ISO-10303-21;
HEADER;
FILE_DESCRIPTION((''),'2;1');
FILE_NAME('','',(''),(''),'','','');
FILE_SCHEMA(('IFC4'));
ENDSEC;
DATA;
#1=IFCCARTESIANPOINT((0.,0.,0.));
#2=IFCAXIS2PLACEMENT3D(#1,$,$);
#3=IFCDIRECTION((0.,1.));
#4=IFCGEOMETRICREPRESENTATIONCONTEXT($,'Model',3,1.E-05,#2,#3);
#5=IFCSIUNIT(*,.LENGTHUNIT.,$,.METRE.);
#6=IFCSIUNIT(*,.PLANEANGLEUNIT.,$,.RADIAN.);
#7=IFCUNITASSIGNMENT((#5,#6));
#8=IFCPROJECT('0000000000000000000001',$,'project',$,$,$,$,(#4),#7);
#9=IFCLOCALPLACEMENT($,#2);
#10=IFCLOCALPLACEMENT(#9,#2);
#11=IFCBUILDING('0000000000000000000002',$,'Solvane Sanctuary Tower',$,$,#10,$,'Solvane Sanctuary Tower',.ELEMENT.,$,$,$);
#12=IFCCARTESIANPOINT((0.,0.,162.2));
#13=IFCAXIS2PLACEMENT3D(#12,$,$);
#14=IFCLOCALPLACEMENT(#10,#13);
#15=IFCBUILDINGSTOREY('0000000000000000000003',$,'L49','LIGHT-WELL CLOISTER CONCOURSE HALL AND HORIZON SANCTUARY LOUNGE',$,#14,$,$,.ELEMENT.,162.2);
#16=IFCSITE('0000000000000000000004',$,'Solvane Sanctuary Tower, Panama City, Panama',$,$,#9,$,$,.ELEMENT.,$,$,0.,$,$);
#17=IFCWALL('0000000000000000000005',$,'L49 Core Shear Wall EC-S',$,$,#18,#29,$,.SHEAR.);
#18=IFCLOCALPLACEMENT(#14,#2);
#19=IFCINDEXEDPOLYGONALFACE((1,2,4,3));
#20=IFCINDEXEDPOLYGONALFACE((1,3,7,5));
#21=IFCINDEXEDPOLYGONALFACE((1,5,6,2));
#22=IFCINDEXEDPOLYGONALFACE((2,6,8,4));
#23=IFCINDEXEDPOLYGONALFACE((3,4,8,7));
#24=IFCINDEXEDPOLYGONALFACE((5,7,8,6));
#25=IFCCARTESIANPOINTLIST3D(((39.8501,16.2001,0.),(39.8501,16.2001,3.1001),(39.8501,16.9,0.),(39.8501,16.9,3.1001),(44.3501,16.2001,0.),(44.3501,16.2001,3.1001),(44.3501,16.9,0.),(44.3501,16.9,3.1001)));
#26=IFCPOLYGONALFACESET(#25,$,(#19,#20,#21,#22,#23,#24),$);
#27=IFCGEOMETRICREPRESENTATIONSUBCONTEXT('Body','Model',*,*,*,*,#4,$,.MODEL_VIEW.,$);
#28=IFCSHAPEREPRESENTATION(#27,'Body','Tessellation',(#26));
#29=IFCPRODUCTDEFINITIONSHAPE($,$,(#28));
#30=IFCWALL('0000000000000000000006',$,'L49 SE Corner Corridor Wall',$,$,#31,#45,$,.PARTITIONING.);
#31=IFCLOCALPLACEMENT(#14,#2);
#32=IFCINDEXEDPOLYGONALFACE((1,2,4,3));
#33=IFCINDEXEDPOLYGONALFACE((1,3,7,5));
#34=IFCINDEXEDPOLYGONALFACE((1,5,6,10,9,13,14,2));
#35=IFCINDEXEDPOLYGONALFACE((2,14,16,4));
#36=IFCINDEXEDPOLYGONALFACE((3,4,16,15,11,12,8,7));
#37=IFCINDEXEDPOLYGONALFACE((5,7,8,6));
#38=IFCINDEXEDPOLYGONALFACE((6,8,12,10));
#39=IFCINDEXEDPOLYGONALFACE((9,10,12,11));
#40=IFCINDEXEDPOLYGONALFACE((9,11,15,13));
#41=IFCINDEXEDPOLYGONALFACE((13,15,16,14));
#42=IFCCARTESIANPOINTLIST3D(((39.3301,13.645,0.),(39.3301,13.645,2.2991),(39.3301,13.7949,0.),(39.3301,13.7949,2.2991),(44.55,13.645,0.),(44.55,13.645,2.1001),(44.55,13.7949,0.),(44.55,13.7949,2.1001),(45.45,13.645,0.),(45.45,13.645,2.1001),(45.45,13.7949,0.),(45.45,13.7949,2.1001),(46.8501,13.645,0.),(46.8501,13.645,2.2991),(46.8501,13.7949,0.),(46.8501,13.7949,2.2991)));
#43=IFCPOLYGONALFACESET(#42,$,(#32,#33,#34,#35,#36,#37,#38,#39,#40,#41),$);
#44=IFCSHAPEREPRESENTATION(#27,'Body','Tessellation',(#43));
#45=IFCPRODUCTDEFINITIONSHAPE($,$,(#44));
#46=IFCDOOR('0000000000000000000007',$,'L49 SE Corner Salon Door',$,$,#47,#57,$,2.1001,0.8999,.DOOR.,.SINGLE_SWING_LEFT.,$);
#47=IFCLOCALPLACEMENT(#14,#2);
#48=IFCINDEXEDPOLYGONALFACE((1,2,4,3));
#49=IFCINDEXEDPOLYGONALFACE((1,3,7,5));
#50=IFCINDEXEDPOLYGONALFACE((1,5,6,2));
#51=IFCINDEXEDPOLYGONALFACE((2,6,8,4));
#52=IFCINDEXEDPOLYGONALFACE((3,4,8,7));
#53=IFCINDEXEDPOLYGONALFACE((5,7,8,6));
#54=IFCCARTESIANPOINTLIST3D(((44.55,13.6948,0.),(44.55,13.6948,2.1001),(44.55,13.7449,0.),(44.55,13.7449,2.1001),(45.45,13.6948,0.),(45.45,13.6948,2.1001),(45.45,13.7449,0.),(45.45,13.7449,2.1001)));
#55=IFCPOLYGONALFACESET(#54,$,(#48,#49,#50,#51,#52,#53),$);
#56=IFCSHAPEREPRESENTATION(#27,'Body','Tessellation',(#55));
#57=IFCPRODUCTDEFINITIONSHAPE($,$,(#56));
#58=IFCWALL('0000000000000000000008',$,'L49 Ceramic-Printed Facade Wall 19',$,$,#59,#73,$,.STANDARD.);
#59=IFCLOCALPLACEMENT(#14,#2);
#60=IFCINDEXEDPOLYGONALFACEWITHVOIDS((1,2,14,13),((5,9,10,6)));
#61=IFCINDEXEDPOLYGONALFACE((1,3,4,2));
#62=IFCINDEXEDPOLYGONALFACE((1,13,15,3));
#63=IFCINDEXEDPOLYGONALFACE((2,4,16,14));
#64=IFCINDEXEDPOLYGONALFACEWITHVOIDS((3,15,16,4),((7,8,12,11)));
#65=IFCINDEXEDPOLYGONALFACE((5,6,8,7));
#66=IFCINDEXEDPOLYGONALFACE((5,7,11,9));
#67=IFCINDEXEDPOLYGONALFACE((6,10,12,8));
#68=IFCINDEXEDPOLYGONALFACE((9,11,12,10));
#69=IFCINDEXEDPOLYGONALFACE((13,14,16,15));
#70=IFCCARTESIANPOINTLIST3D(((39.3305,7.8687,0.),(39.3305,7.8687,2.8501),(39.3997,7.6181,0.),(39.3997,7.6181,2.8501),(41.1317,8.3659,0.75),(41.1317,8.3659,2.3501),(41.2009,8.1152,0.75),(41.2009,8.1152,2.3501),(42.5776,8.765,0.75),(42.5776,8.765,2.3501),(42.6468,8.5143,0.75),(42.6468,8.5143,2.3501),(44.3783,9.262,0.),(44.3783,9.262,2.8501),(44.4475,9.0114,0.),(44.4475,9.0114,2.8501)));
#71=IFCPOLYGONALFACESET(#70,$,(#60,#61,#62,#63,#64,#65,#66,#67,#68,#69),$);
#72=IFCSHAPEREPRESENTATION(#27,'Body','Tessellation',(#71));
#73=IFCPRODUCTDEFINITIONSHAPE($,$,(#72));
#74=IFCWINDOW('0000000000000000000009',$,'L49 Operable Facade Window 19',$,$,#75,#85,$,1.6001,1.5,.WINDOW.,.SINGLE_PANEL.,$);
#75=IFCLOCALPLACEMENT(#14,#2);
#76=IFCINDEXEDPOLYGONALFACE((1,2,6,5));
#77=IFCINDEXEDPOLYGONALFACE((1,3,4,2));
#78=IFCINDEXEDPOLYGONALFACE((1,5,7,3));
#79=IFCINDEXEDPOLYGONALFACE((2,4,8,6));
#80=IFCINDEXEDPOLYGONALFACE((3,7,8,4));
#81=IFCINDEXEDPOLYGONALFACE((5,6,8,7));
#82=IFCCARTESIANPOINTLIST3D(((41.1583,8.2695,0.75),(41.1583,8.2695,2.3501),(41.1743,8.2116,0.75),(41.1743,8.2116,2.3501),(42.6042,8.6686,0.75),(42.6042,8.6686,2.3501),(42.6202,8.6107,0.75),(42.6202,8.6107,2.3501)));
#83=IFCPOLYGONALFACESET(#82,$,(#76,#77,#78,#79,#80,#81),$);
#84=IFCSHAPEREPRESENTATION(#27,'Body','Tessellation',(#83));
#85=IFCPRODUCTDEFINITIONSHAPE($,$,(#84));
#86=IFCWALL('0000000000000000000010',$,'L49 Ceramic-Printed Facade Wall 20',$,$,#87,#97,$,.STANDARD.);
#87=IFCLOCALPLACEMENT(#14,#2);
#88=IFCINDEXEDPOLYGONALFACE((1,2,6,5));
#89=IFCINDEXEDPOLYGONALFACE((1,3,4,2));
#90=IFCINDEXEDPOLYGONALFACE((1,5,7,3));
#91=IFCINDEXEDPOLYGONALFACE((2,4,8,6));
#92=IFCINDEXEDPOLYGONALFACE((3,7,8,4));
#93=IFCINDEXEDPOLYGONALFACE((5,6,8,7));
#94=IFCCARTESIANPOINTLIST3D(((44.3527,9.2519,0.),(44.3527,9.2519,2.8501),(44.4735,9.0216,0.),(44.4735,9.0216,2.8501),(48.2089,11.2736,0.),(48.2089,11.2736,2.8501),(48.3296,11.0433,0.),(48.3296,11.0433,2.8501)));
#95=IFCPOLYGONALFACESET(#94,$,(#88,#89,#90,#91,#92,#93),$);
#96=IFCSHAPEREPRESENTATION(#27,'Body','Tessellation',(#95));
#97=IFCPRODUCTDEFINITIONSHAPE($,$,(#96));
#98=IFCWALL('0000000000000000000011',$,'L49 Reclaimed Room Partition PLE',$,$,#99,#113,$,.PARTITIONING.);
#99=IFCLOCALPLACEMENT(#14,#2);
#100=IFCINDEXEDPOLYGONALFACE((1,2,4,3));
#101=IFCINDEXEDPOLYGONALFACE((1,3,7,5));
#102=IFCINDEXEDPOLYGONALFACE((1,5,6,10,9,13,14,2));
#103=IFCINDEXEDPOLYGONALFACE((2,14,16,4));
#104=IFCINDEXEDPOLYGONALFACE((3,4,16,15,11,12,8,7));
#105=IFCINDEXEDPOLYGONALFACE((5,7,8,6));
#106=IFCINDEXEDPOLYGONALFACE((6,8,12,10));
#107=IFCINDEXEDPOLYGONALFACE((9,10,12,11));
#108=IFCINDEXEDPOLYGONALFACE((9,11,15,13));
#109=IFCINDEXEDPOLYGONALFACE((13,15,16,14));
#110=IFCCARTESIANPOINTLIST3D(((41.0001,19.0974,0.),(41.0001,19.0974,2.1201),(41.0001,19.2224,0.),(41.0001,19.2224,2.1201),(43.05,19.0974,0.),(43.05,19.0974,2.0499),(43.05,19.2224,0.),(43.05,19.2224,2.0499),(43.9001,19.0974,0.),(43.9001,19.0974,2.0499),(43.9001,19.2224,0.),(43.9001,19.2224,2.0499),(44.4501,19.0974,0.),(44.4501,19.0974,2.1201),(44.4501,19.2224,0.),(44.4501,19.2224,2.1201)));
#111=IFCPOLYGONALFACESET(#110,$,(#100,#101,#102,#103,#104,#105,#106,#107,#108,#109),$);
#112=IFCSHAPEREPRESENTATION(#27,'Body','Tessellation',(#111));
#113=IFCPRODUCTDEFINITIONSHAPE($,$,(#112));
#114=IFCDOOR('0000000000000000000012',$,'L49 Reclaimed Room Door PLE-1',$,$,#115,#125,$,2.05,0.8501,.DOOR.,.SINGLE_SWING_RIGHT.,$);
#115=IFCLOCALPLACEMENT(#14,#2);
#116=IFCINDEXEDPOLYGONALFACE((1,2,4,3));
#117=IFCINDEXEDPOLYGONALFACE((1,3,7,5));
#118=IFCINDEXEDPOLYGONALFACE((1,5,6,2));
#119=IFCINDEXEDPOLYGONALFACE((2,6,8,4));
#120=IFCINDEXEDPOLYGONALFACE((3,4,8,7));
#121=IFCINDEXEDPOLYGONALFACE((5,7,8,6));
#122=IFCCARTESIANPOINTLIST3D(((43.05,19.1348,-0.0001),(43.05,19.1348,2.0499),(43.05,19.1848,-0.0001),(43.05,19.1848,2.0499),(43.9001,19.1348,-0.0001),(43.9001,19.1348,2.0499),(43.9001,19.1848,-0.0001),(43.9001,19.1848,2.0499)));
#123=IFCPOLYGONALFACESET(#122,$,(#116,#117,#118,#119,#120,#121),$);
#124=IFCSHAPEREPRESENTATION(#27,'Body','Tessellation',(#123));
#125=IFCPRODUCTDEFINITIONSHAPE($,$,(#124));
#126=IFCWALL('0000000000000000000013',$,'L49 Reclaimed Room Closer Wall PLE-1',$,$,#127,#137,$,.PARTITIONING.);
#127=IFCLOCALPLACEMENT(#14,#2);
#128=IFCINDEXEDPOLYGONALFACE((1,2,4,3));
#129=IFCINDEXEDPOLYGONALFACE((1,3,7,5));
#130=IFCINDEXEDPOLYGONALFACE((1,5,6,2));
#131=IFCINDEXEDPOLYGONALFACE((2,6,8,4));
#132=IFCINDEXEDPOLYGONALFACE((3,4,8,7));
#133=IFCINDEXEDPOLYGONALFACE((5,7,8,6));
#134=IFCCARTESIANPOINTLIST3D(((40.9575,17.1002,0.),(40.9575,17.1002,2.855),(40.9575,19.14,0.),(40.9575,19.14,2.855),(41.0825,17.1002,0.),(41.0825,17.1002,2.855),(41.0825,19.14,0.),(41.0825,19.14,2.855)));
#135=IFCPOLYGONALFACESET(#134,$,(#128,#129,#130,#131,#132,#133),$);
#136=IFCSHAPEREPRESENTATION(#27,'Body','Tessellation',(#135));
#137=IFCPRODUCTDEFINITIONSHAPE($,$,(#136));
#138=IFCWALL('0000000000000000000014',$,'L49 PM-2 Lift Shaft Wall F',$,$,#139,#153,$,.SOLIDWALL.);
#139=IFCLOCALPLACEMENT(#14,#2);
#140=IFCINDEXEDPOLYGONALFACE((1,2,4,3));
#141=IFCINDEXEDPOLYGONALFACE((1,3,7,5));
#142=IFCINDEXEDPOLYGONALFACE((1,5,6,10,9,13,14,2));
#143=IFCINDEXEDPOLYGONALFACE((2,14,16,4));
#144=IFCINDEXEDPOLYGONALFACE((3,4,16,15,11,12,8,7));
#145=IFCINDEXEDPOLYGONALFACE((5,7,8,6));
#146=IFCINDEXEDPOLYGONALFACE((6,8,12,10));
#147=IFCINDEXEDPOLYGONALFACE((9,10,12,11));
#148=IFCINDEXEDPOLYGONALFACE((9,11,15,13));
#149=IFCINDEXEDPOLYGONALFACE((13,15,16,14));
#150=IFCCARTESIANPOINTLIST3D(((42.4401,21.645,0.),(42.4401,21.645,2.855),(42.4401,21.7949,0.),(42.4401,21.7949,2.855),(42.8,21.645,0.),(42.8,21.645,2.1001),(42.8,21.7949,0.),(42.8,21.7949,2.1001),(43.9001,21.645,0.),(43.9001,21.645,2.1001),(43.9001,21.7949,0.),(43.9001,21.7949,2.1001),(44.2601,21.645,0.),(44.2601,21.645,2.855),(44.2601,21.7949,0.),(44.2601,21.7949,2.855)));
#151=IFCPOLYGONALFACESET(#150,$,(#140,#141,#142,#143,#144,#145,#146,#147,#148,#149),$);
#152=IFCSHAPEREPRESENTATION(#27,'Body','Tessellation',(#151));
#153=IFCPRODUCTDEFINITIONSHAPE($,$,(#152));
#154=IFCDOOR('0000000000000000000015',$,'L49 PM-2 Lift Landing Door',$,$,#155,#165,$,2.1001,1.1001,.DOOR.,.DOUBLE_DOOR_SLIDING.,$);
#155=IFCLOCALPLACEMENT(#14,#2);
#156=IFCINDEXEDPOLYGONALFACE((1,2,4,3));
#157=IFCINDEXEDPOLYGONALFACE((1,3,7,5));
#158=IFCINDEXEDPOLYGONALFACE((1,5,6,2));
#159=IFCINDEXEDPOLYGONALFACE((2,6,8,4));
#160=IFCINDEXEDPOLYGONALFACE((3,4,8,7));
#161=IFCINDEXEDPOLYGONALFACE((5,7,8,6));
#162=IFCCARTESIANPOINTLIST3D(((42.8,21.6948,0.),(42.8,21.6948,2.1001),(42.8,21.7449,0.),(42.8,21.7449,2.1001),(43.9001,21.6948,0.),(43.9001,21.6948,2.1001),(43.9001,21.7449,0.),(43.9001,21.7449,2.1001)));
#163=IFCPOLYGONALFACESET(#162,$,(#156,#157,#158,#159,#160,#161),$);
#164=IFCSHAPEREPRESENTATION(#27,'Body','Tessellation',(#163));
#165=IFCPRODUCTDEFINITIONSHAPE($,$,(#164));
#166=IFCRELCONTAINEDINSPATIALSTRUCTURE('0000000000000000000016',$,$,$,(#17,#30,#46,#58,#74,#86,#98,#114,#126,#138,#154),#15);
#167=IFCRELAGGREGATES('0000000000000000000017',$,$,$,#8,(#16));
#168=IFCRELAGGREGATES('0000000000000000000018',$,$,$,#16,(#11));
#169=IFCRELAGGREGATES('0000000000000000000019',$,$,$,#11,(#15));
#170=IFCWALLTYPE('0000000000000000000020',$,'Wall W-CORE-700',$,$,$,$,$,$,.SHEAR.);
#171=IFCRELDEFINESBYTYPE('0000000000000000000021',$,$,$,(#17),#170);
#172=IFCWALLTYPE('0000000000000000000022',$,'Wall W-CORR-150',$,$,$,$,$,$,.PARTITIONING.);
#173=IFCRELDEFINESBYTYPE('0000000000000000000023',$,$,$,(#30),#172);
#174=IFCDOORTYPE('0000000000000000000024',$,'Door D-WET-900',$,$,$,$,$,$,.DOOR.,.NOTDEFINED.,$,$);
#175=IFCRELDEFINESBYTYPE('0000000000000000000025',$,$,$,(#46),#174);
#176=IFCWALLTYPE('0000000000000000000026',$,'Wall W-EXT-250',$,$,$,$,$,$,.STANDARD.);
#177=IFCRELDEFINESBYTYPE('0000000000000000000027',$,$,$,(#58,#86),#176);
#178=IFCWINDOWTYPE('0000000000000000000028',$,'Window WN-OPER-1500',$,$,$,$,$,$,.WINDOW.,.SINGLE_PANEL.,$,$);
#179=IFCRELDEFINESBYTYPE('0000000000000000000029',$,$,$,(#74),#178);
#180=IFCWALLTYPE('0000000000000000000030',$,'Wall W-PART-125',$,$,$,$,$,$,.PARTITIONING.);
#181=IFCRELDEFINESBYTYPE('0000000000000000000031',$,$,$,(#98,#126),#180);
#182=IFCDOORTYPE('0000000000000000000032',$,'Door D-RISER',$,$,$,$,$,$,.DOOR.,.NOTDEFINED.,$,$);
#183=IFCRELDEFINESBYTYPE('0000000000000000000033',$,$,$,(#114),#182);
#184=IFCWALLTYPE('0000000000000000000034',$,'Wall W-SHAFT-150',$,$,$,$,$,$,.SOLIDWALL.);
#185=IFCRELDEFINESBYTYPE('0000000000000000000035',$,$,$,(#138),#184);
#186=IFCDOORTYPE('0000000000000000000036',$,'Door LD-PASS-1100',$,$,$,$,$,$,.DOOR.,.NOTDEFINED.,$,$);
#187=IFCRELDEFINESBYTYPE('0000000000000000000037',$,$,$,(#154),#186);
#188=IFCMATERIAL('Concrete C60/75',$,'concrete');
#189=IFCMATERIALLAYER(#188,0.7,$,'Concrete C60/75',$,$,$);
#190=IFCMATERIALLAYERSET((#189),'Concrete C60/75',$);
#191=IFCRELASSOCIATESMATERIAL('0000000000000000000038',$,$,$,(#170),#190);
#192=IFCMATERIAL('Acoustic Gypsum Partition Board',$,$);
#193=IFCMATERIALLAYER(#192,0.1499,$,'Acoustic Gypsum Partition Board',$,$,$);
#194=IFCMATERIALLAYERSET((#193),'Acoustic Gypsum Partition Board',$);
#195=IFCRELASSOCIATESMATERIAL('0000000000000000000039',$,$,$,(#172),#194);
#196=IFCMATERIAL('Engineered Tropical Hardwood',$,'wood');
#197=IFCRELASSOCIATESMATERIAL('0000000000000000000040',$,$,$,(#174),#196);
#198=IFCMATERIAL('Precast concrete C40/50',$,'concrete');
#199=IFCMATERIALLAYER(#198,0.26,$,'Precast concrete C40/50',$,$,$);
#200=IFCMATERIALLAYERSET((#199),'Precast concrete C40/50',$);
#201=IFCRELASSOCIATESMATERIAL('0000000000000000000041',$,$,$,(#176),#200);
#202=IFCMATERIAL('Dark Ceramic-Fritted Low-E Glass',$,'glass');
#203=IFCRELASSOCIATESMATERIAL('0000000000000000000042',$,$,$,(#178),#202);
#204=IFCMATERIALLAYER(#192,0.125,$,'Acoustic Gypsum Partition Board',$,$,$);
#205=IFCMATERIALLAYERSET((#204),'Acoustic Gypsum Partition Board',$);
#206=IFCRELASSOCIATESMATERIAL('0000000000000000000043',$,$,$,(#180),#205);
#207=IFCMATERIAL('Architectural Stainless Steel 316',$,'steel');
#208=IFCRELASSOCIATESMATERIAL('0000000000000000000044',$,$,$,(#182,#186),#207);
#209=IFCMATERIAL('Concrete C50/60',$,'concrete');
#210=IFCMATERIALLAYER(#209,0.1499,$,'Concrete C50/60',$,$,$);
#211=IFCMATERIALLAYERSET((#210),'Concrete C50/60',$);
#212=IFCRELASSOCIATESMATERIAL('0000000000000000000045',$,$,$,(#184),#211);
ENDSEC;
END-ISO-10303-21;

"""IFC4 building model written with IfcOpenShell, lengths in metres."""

from ifc_helpers import new_model, si_unit, direction, frame, frame_2d, origin, place, context, subcontext, project, spatial, rectangle, extrude, material, layer, layer_set, type_object, element, fill, save


model = new_model("IFC4")

# Units and contexts
model_context = context("Model", 3, precision=1e-05, world=origin(), true_north=direction((0.0, 1.0)))
body_context = subcontext(model_context, "Body", "Model", "MODEL_VIEW")
ifc_project = project(units=[si_unit("LENGTHUNIT", "METRE"), si_unit("PLANEANGLEUNIT", "RADIAN")], contexts=[model_context])

# Site, building, storey
site_placement = place(None, origin())
site = spatial("IfcSite", under=ifc_project, at=site_placement, Name="Solvane Sanctuary Tower, Panama City, Panama", CompositionType="ELEMENT", RefElevation=0.0)
building_placement = place(site_placement, origin())
building = spatial("IfcBuilding", under=site, at=building_placement, Name="Solvane Sanctuary Tower", LongName="Solvane Sanctuary Tower", CompositionType="ELEMENT")
storey_placement = place(building_placement, frame((0.0, 0.0, 162.2)))
storey = spatial("IfcBuildingStorey", under=building, at=storey_placement, Name="L49", Description="LIGHT-WELL CLOISTER CONCOURSE HALL AND HORIZON SANCTUARY LOUNGE", CompositionType="ELEMENT", Elevation=162.2)

# Shared definitions
ifc_material_1 = material(Name="Concrete C60/75", Category="concrete")

# Wall
ifc_layer_1 = layer(ifc_material_1, 0.7, Name="Concrete C60/75")
ifc_layer_set_1 = layer_set([ifc_layer_1], Name="Concrete C60/75")
wall_type_1 = type_object("IfcWallType", Name="Wall W-CORE-700", PredefinedType="SHEAR", material=ifc_layer_set_1)
wall_1_placement = place(storey_placement, frame((39.8501, 16.55, 0.0), z_axis=(0.0, 0.0, 1.0), x_axis=(1.0, 0.0, 0.0)))
element("IfcWall", 1, at=wall_1_placement, inside=storey, type_object=wall_type_1, Name="L49 Core Shear Wall EC-S", PredefinedType="SHEAR", context=body_context, shape_type="SweptSolid", body=[
    extrude(rectangle(XDim=4.5, YDim=0.7, at=frame_2d((2.25, 0.0))), origin(), (0.0, 0.0, 1.0), 3.1001),
])

# Wall, opening, door
ifc_material_2 = material(Name="Acoustic Gypsum Partition Board")
ifc_layer_2 = layer(ifc_material_2, 0.1499, Name="Acoustic Gypsum Partition Board")
ifc_layer_set_2 = layer_set([ifc_layer_2], Name="Acoustic Gypsum Partition Board")
wall_type_2 = type_object("IfcWallType", Name="Wall W-CORR-150", PredefinedType="PARTITIONING", material=ifc_layer_set_2)
wall_2_placement = place(storey_placement, frame((39.3301, 13.72, 0.0), z_axis=(0.0, 0.0, 1.0), x_axis=(1.0, 0.0, 0.0)))
wall_2 = element("IfcWall", 2, at=wall_2_placement, inside=storey, type_object=wall_type_2, Name="L49 SE Corner Corridor Wall", PredefinedType="PARTITIONING", context=body_context, shape_type="SweptSolid", body=[
    extrude(rectangle(XDim=7.52, YDim=0.1499, at=frame_2d((3.76, 0.0))), origin(), (0.0, 0.0, 1.0), 2.2991),
])
opening_1_placement = place(wall_2_placement, frame((5.22, 0.0, 0.0)))
opening_1 = element("IfcOpeningElement", 3, at=opening_1_placement, cuts=wall_2, PredefinedType="OPENING", context=body_context, shape_type="SweptSolid", body=[
    extrude(rectangle(XDim=0.8999, YDim=2.1001, at=frame_2d((0.45, 1.05))), frame((0.0, 0.085, 0.0), z_axis=(0.0, -1.0, 0.0), x_axis=(1.0, 0.0, 0.0)), (0.0, 0.0, 1.0), 0.1699),
])
ifc_material_3 = material(Name="Engineered Tropical Hardwood", Category="wood")
door_type_1 = type_object("IfcDoorType", Name="Door D-WET-900", OperationType="NOTDEFINED", PredefinedType="DOOR", material=ifc_material_3)
door_1_placement = place(opening_1_placement, origin())
door_1 = element("IfcDoor", 4, at=door_1_placement, inside=storey, type_object=door_type_1, Name="L49 SE Corner Salon Door", OperationType="SINGLE_SWING_LEFT", OverallHeight=2.1001, OverallWidth=0.8999, PredefinedType="DOOR", context=body_context, shape_type="SweptSolid", body=[
    extrude(rectangle(XDim=0.8999, YDim=2.1001, at=frame_2d((0.45, 1.05))), frame((0.0, 0.0249, 0.0), z_axis=(0.0, -1.0, 0.0), x_axis=(1.0, 0.0, 0.0)), (0.0, 0.0, 1.0), 0.05),
])
fill(opening_1, door_1)

# Wall, opening, window
ifc_material_4 = material(Name="Precast concrete C40/50", Category="concrete")
ifc_layer_3 = layer(ifc_material_4, 0.26, Name="Precast concrete C40/50")
ifc_layer_set_3 = layer_set([ifc_layer_3], Name="Precast concrete C40/50")
wall_type_3 = type_object("IfcWallType", Name="Wall W-EXT-250", PredefinedType="STANDARD", material=ifc_layer_set_3)
wall_3_placement = place(storey_placement, frame((39.3652, 7.7434, 0.0), z_axis=(0.0, 0.0, 1.0), x_axis=(0.963953, 0.266071, 0.0)))
wall_3 = element("IfcWall", 5, at=wall_3_placement, inside=storey, type_object=wall_type_3, Name="L49 Ceramic-Printed Facade Wall 19", PredefinedType="STANDARD", context=body_context, shape_type="SweptSolid", body=[
    extrude(rectangle(XDim=5.2366, YDim=0.26, at=frame_2d((2.6182, 0.0))), origin(), (0.0, 0.0, 1.0), 2.8501),
])
opening_2_placement = place(wall_3_placement, frame((1.8684, 0.0, 0.75)))
opening_2 = element("IfcOpeningElement", 6, at=opening_2_placement, cuts=wall_3, PredefinedType="OPENING", context=body_context, shape_type="SweptSolid", body=[
    extrude(rectangle(XDim=1.5, YDim=1.6001, at=frame_2d((0.75, 0.8))), frame((0.0, 0.1399, 0.0), z_axis=(0.0, -1.0, 0.0), x_axis=(1.0, 0.0, 0.0)), (0.0, 0.0, 1.0), 0.28),
])
ifc_material_5 = material(Name="Dark Ceramic-Fritted Low-E Glass", Category="glass")
window_type = type_object("IfcWindowType", Name="Window WN-OPER-1500", PartitioningType="SINGLE_PANEL", PredefinedType="WINDOW", material=ifc_material_5)
window_placement = place(opening_2_placement, origin())
window = element("IfcWindow", 7, at=window_placement, inside=storey, type_object=window_type, Name="L49 Operable Facade Window 19", OverallHeight=1.6001, OverallWidth=1.5, PartitioningType="SINGLE_PANEL", PredefinedType="WINDOW", context=body_context, shape_type="SweptSolid", body=[
    extrude(rectangle(XDim=1.5, YDim=1.6001, at=frame_2d((0.75, 0.8))), frame((0.0, 0.03, 0.0), z_axis=(0.0, -1.0, 0.0), x_axis=(1.0, 0.0, 0.0)), (0.0, 0.0, 1.0), 0.0601),
])
fill(opening_2, window)

# Wall
wall_4_placement = place(storey_placement, frame((44.4131, 9.1367, 0.0), z_axis=(0.0, 0.0, 1.0), x_axis=(0.88566, 0.464334, 0.0)))
element("IfcWall", 8, at=wall_4_placement, inside=storey, type_object=wall_type_3, Name="L49 Ceramic-Printed Facade Wall 20", PredefinedType="STANDARD", context=body_context, shape_type="SweptSolid", body=[
    extrude(rectangle(XDim=4.354, YDim=0.26, at=frame_2d((2.177, 0.0))), origin(), (0.0, 0.0, 1.0), 2.8501),
])

# Wall, opening, door
ifc_layer_4 = layer(ifc_material_2, 0.125, Name="Acoustic Gypsum Partition Board")
ifc_layer_set_4 = layer_set([ifc_layer_4], Name="Acoustic Gypsum Partition Board")
wall_type_4 = type_object("IfcWallType", Name="Wall W-PART-125", PredefinedType="PARTITIONING", material=ifc_layer_set_4)
wall_5_placement = place(storey_placement, frame((41.0, 19.1599, 0.0), z_axis=(0.0, 0.0, 1.0), x_axis=(1.0, 0.0, 0.0)))
wall_5 = element("IfcWall", 9, at=wall_5_placement, inside=storey, type_object=wall_type_4, Name="L49 Reclaimed Room Partition PLE", PredefinedType="PARTITIONING", context=body_context, shape_type="SweptSolid", body=[
    extrude(rectangle(XDim=3.45, YDim=0.125, at=frame_2d((1.7251, 0.0))), origin(), (0.0, 0.0, 1.0), 2.1201),
])
opening_3_placement = place(wall_5_placement, frame((2.05, 0.0, 0.0)))
opening_3 = element("IfcOpeningElement", 10, at=opening_3_placement, cuts=wall_5, PredefinedType="OPENING", context=body_context, shape_type="SweptSolid", body=[
    extrude(rectangle(XDim=0.8501, YDim=2.05, at=frame_2d((0.425, 1.0249))), frame((0.0, 0.0725, 0.0), z_axis=(0.0, -1.0, 0.0), x_axis=(1.0, 0.0, 0.0)), (0.0, 0.0, 1.0), 0.145),
])
ifc_material_6 = material(Name="Architectural Stainless Steel 316", Category="steel")
door_type_2 = type_object("IfcDoorType", Name="Door D-RISER", OperationType="NOTDEFINED", PredefinedType="DOOR", material=ifc_material_6)
door_2_placement = place(opening_3_placement, origin())
door_2 = element("IfcDoor", 11, at=door_2_placement, inside=storey, type_object=door_type_2, Name="L49 Reclaimed Room Door PLE-1", OperationType="SINGLE_SWING_RIGHT", OverallHeight=2.05, OverallWidth=0.8501, PredefinedType="DOOR", context=body_context, shape_type="SweptSolid", body=[
    extrude(rectangle(XDim=0.8501, YDim=2.05, at=frame_2d((0.425, 1.0249))), frame((0.0, 0.0249, 0.0), z_axis=(0.0, -1.0, 0.0), x_axis=(1.0, 0.0, 0.0)), (0.0, 0.0, 1.0), 0.05),
])
fill(opening_3, door_2)

# Wall
wall_6_placement = place(storey_placement, frame((41.02, 17.1001, 0.0), z_axis=(0.0, 0.0, 1.0), x_axis=(0.0, 1.0, 0.0)))
element("IfcWall", 12, at=wall_6_placement, inside=storey, type_object=wall_type_4, Name="L49 Reclaimed Room Closer Wall PLE-1", PredefinedType="PARTITIONING", context=body_context, shape_type="SweptSolid", body=[
    extrude(rectangle(XDim=2.0398, YDim=0.125, at=frame_2d((1.02, 0.0))), origin(), (0.0, 0.0, 1.0), 2.855),
])

# Wall, opening, door
ifc_material_7 = material(Name="Concrete C50/60", Category="concrete")
ifc_layer_5 = layer(ifc_material_7, 0.1499, Name="Concrete C50/60")
ifc_layer_set_5 = layer_set([ifc_layer_5], Name="Concrete C50/60")
wall_type_5 = type_object("IfcWallType", Name="Wall W-SHAFT-150", PredefinedType="SOLIDWALL", material=ifc_layer_set_5)
wall_7_placement = place(storey_placement, frame((42.4399, 21.72, 0.0), z_axis=(0.0, 0.0, 1.0), x_axis=(1.0, 0.0, 0.0)))
wall_7 = element("IfcWall", 13, at=wall_7_placement, inside=storey, type_object=wall_type_5, Name="L49 PM-2 Lift Shaft Wall F", PredefinedType="SOLIDWALL", context=body_context, shape_type="SweptSolid", body=[
    extrude(rectangle(XDim=1.8201, YDim=0.1499, at=frame_2d((0.9102, 0.0))), origin(), (0.0, 0.0, 1.0), 2.855),
])
opening_4_placement = place(wall_7_placement, frame((0.3601, 0.0, 0.0)))
opening_4 = element("IfcOpeningElement", 14, at=opening_4_placement, cuts=wall_7, PredefinedType="OPENING", context=body_context, shape_type="SweptSolid", body=[
    extrude(rectangle(XDim=1.1001, YDim=2.1001, at=frame_2d((0.55, 1.05))), frame((0.0, 0.085, 0.0), z_axis=(0.0, -1.0, 0.0), x_axis=(1.0, 0.0, 0.0)), (0.0, 0.0, 1.0), 0.1699),
])
door_type_3 = type_object("IfcDoorType", Name="Door LD-PASS-1100", OperationType="NOTDEFINED", PredefinedType="DOOR", material=ifc_material_6)
door_3_placement = place(opening_4_placement, origin())
door_3 = element("IfcDoor", 15, at=door_3_placement, inside=storey, type_object=door_type_3, Name="L49 PM-2 Lift Landing Door", OperationType="DOUBLE_DOOR_SLIDING", OverallHeight=2.1001, OverallWidth=1.1001, PredefinedType="DOOR", context=body_context, shape_type="SweptSolid", body=[
    extrude(rectangle(XDim=1.1001, YDim=2.1001, at=frame_2d((0.55, 1.05))), frame((0.0, 0.0249, 0.0), z_axis=(0.0, -1.0, 0.0), x_axis=(1.0, 0.0, 0.0)), (0.0, 0.0, 1.0), 0.05),
])
fill(opening_4, door_3)

save(model, "model.ifc")
